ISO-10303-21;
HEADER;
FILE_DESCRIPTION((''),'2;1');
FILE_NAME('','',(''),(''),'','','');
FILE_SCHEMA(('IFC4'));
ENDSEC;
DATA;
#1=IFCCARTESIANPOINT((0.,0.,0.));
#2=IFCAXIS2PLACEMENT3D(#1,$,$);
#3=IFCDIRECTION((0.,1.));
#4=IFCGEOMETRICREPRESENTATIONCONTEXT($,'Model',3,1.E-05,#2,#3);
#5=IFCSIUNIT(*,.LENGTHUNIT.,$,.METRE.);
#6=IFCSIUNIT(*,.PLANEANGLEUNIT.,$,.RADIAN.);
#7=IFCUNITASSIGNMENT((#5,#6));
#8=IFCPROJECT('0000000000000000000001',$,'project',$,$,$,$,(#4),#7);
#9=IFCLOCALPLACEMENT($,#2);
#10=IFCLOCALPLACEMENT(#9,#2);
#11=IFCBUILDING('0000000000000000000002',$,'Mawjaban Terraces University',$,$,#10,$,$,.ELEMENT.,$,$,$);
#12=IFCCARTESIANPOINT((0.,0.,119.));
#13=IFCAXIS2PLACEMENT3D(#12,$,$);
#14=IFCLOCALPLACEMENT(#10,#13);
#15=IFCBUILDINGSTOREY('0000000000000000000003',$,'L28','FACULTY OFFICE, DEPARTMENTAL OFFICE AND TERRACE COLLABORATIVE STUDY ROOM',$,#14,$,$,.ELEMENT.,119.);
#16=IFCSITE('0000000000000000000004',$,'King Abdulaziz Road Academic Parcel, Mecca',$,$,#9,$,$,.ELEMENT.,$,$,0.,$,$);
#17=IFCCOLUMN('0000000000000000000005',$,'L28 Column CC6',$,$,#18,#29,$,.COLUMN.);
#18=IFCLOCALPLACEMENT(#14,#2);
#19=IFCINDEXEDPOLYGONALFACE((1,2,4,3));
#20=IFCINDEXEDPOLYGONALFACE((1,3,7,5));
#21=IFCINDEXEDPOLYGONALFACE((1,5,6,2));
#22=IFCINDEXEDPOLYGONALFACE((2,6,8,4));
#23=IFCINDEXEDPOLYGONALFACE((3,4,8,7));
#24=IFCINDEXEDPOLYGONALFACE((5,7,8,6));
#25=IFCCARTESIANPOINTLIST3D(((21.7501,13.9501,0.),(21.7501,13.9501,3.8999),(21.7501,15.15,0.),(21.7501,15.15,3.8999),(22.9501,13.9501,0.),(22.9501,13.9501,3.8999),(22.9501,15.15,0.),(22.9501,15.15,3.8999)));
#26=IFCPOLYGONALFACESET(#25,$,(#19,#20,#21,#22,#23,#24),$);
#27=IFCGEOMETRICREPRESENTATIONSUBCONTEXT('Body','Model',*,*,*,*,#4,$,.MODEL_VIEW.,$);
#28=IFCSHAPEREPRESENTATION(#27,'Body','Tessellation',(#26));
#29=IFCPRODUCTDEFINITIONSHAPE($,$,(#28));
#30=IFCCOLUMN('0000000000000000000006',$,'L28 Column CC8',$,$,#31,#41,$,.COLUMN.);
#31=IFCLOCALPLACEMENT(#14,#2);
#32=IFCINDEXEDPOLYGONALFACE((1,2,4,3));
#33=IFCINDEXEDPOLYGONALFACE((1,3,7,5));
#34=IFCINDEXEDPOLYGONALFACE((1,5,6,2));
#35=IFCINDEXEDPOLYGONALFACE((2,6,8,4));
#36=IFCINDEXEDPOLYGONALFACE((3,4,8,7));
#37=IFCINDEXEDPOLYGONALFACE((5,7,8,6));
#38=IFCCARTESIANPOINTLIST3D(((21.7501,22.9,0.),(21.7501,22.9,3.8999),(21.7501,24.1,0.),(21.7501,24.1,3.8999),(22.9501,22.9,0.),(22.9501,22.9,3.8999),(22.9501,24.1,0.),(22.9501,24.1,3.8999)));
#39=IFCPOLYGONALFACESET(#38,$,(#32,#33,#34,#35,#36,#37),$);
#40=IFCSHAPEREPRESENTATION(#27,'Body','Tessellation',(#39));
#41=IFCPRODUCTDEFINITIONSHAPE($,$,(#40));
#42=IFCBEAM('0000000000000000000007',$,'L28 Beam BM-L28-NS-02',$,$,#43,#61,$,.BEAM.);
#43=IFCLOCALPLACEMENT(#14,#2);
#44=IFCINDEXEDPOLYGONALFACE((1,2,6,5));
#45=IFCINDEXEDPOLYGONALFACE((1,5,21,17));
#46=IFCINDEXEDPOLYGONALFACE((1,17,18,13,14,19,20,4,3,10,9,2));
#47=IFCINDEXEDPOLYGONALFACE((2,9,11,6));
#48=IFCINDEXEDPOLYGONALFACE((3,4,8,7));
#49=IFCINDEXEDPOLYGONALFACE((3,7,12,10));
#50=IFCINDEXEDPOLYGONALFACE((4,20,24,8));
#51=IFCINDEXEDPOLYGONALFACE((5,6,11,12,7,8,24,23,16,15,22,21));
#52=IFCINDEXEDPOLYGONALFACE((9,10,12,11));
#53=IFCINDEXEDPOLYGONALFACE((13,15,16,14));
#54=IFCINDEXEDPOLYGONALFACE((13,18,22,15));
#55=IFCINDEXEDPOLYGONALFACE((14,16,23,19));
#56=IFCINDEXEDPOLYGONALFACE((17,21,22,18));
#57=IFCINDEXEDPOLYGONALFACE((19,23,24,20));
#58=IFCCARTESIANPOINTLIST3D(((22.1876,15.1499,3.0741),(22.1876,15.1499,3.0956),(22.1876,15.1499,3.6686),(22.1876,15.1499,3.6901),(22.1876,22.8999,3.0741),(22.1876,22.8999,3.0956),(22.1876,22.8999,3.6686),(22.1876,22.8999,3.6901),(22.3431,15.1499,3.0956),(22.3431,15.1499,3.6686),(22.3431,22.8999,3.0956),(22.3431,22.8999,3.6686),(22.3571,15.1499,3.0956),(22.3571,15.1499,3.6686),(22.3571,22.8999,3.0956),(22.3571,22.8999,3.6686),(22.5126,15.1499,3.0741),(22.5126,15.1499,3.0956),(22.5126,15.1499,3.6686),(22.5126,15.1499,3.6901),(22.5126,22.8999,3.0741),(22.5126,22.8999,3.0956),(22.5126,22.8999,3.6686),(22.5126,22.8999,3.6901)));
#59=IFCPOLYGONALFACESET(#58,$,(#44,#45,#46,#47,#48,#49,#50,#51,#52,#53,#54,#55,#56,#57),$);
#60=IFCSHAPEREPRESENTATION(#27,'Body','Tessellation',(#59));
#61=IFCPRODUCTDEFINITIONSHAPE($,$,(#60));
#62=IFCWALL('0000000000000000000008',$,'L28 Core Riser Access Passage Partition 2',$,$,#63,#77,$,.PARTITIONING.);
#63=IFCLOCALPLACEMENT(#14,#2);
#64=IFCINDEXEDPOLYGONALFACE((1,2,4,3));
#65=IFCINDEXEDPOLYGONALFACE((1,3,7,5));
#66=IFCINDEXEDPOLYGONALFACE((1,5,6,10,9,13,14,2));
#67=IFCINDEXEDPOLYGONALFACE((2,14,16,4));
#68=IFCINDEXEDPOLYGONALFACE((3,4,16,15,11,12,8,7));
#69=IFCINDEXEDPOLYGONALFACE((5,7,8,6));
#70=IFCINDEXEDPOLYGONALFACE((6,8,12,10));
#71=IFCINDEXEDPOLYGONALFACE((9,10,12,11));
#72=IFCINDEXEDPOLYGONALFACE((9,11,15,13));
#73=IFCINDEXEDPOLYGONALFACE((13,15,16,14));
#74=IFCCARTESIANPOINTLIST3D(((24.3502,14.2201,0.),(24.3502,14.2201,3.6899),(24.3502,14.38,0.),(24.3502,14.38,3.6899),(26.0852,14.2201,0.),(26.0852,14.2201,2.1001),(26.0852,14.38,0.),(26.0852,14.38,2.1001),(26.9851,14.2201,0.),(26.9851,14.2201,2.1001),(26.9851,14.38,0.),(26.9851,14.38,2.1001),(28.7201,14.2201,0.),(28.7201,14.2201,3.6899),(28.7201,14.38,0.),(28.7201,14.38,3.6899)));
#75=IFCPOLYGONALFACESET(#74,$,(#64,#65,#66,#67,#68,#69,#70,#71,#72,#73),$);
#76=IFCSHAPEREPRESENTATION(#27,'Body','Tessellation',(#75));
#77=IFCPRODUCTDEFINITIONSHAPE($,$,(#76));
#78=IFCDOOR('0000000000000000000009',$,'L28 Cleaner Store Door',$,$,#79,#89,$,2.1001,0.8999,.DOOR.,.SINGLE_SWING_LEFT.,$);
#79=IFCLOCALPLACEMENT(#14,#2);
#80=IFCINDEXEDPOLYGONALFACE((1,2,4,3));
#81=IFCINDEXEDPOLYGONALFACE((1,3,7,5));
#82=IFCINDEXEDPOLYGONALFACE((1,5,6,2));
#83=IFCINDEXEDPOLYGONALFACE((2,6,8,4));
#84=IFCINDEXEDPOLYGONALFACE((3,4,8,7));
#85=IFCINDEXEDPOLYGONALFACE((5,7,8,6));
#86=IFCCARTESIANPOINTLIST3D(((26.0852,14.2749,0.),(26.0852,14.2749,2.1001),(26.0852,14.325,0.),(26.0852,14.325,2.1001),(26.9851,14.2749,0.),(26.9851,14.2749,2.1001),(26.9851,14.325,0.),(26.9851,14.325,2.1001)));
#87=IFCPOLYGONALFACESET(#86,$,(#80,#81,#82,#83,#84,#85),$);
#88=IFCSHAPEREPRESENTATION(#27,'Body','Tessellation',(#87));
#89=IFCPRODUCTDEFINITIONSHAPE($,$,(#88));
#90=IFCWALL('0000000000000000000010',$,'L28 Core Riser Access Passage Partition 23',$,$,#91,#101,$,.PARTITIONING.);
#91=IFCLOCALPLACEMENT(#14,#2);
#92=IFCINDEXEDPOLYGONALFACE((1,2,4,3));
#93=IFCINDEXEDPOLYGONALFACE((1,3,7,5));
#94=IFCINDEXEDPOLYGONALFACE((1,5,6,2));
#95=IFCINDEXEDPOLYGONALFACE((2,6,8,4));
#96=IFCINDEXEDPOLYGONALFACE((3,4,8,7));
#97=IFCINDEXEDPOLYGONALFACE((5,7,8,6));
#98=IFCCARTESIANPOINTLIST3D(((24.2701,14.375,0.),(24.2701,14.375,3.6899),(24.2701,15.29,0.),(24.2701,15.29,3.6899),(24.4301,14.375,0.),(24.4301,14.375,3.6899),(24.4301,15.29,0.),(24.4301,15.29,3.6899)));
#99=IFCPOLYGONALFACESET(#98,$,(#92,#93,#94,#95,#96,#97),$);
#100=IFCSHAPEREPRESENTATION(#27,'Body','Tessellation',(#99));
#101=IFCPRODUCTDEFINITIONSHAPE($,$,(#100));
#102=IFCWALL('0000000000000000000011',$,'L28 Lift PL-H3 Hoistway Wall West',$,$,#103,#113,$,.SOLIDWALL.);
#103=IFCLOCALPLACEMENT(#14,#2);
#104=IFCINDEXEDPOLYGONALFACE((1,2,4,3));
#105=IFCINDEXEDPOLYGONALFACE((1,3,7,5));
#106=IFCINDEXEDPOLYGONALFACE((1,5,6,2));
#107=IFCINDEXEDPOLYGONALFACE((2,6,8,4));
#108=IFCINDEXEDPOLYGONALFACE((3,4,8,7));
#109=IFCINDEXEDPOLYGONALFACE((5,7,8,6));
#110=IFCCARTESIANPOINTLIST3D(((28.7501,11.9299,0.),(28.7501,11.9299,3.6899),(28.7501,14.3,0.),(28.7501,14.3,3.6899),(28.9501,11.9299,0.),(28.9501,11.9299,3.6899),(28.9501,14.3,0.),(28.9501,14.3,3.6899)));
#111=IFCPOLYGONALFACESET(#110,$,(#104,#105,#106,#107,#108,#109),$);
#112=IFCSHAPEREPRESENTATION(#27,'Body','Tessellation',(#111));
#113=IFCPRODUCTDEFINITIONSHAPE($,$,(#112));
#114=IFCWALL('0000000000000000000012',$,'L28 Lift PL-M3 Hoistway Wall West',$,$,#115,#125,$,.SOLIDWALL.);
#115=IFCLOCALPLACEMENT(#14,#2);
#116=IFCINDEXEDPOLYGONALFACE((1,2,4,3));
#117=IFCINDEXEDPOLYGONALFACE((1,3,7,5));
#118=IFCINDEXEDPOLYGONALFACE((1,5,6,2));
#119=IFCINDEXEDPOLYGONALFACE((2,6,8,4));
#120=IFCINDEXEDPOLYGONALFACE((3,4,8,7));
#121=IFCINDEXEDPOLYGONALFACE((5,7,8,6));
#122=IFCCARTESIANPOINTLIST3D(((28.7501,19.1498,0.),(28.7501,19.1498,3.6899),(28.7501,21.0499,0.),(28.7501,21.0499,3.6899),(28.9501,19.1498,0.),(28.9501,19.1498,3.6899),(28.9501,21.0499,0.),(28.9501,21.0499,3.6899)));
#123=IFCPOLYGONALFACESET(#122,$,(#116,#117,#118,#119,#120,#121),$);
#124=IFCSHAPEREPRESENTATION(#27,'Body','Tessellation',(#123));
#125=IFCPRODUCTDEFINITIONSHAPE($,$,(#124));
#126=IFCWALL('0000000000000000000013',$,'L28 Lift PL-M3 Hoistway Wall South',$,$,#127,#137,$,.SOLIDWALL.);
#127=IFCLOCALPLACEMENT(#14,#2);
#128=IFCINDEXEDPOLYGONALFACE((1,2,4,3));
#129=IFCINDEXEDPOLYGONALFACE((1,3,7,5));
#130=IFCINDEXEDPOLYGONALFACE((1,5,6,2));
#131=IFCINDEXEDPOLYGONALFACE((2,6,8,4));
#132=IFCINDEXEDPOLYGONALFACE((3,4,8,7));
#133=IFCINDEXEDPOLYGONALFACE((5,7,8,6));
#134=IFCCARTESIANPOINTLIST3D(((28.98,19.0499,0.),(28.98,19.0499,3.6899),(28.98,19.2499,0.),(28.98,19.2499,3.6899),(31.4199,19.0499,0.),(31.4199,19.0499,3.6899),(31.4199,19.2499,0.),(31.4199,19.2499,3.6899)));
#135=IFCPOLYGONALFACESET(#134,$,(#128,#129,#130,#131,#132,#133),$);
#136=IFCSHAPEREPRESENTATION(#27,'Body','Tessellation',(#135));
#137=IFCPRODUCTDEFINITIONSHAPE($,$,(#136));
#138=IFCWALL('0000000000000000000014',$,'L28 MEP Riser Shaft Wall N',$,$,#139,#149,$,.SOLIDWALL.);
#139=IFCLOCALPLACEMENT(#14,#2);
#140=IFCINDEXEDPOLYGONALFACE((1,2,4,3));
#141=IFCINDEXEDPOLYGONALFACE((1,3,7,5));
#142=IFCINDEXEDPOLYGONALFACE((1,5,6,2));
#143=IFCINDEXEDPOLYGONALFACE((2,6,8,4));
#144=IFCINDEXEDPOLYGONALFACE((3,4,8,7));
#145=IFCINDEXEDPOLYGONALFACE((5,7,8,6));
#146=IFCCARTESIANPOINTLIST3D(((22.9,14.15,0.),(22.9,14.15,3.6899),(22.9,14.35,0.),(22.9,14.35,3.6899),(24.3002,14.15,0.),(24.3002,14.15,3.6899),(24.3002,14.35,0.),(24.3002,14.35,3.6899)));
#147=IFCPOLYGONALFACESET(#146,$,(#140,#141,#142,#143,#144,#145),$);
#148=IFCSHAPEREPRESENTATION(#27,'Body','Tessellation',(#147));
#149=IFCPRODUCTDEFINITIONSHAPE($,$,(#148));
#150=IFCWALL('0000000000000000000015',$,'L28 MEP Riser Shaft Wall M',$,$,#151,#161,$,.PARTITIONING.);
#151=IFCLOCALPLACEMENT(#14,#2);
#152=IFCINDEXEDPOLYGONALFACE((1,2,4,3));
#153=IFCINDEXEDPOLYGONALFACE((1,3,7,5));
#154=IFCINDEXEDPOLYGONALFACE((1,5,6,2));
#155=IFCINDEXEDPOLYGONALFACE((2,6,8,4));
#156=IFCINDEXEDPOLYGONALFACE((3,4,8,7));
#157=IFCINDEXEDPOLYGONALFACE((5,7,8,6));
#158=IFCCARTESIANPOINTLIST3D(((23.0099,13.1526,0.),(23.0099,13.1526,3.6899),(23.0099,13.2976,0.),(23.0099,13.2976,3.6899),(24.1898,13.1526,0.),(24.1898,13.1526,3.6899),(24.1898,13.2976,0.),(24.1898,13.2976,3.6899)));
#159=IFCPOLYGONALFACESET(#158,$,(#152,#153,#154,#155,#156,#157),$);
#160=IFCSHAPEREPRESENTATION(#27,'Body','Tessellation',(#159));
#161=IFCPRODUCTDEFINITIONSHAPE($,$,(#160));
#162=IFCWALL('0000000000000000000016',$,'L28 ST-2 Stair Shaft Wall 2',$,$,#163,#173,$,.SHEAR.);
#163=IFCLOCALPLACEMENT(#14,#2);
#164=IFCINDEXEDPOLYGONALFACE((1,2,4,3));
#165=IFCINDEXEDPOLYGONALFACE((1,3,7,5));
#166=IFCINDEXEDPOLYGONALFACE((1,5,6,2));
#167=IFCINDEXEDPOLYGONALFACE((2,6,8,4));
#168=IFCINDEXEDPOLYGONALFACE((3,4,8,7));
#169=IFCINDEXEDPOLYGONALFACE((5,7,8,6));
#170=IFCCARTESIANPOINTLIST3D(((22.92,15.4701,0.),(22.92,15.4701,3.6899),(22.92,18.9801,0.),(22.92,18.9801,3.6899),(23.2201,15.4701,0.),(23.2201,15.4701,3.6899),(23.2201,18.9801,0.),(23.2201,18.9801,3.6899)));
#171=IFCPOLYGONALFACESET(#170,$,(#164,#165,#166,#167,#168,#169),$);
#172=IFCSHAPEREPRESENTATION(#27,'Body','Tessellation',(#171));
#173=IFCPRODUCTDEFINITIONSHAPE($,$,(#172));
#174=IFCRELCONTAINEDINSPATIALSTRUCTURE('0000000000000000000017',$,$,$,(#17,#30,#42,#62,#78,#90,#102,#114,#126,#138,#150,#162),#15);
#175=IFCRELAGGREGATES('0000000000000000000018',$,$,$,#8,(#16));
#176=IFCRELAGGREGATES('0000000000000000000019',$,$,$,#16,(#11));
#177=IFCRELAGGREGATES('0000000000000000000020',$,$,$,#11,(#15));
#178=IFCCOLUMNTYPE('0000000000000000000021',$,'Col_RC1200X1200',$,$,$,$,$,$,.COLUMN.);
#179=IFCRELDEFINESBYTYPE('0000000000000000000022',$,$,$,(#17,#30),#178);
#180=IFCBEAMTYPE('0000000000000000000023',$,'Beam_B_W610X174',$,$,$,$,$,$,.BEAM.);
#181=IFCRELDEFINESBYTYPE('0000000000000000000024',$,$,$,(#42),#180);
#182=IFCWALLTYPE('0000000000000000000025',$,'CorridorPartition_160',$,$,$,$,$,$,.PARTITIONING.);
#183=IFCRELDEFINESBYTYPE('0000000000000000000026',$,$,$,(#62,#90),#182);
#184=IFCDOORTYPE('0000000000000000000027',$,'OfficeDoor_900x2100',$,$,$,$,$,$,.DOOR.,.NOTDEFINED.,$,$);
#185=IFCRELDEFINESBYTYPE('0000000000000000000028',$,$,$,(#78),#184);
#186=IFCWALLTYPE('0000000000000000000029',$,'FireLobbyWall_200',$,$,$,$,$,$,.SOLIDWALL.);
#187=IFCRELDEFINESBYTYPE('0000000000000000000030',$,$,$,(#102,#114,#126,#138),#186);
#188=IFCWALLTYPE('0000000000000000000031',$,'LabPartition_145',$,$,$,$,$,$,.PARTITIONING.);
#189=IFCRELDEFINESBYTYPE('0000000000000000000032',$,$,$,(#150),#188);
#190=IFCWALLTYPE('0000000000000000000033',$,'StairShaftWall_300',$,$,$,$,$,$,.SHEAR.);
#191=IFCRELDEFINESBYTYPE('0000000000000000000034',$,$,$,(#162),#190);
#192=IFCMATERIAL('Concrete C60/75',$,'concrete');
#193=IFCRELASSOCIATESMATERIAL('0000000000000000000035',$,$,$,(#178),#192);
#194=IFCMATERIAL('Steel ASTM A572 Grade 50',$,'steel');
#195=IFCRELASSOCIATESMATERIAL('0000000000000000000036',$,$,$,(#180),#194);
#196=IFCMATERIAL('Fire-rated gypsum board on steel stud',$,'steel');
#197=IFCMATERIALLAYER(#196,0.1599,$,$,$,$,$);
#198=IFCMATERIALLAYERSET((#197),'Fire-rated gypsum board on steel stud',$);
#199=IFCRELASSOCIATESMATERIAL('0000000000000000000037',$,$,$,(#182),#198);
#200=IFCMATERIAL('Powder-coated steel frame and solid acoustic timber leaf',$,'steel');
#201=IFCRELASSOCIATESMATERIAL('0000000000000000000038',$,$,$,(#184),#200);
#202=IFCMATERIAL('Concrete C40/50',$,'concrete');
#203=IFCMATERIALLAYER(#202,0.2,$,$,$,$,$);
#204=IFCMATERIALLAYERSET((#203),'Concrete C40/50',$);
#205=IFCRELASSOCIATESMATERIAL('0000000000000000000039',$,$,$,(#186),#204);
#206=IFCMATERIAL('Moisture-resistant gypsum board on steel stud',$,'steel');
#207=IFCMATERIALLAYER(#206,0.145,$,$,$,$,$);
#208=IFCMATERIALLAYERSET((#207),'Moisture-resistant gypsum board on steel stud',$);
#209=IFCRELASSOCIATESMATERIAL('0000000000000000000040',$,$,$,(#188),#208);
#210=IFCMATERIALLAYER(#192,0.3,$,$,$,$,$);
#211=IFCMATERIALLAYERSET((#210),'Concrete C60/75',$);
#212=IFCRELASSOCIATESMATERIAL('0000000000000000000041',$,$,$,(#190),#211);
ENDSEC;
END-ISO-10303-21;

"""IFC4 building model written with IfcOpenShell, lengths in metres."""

from ifc_helpers import new_model, si_unit, direction, frame, frame_2d, origin, origin_2d, place, context, subcontext, project, spatial, rectangle, i_section, extrude, material, layer, layer_set, material_profile, profile_set, type_object, element, fill, save


model = new_model("IFC4")

# Units and contexts
model_context = context("Model", 3, precision=1e-05, world=origin(), true_north=direction((0.0, 1.0)))
body_context = subcontext(model_context, "Body", "Model", "MODEL_VIEW")
ifc_project = project(units=[si_unit("LENGTHUNIT", "METRE"), si_unit("PLANEANGLEUNIT", "RADIAN")], contexts=[model_context])

# Site, building, storey
site_placement = place(None, origin())
site = spatial("IfcSite", under=ifc_project, at=site_placement, Name="King Abdulaziz Road Academic Parcel, Mecca", CompositionType="ELEMENT", RefElevation=0.0)
building_placement = place(site_placement, origin())
building = spatial("IfcBuilding", under=site, at=building_placement, Name="Mawjaban Terraces University", CompositionType="ELEMENT")
storey_placement = place(building_placement, frame((0.0, 0.0, 119.0)))
storey = spatial("IfcBuildingStorey", under=building, at=storey_placement, Name="L28", Description="FACULTY OFFICE, DEPARTMENTAL OFFICE AND TERRACE COLLABORATIVE STUDY ROOM", CompositionType="ELEMENT", Elevation=119.0)

# Columns
ifc_material_1 = material(Name="Concrete C60/75", Category="concrete")
ifc_material_profile_1 = material_profile(ifc_material_1, rectangle(XDim=1.2, YDim=1.2, at=origin_2d()), Name="RC1200X1200")
ifc_profile_set_1 = profile_set([ifc_material_profile_1], Name="Concrete C60/75")
column_type = type_object("IfcColumnType", Name="Col_RC1200X1200", PredefinedType="COLUMN", material=ifc_profile_set_1)
for number, where, z_axis, x_axis, name in (
    (1, (22.3501, 14.55, 0.0), (0.0, 0.0, 1.0), (1.0, 0.0, 0.0), "L28 Column CC6"),
    (2, (22.3501, 23.5, 0.0), (0.0, 0.0, 1.0), (1.0, 0.0, 0.0), "L28 Column CC8"),
):
    element("IfcColumn", number, at=place(storey_placement, frame(where, z_axis=z_axis, x_axis=x_axis)), inside=storey, type_object=column_type, Name=name, PredefinedType="COLUMN", context=body_context, shape_type="SweptSolid", body=[
        extrude(rectangle(XDim=1.2, YDim=1.2, at=origin_2d()), origin(), (0.0, 0.0, 1.0), 3.8999),
    ])

# Beam
ifc_material_2 = material(Name="Steel ASTM A572 Grade 50", Category="steel")
ifc_material_profile_2 = material_profile(ifc_material_2, i_section(OverallWidth=0.325, OverallDepth=0.616, WebThickness=0.0139, FlangeThickness=0.0215, at=origin_2d()), Name="W610X174")
ifc_profile_set_2 = profile_set([ifc_material_profile_2], Name="Steel ASTM A572 Grade 50")
beam_type = type_object("IfcBeamType", Name="Beam_B_W610X174", PredefinedType="BEAM", material=ifc_profile_set_2)
beam_placement = place(storey_placement, frame((22.3501, 15.1499, 3.3821), z_axis=(0.0, 1.0, 0.0), x_axis=(-1.0, 0.0, 0.0)))
element("IfcBeam", 3, at=beam_placement, inside=storey, type_object=beam_type, Name="L28 Beam BM-L28-NS-02", PredefinedType="BEAM", context=body_context, shape_type="SweptSolid", body=[
    extrude(i_section(OverallWidth=0.325, OverallDepth=0.616, WebThickness=0.0139, FlangeThickness=0.0215, at=origin_2d()), origin(), (0.0, 0.0, 1.0), 7.75),
])

# Wall, opening, door
ifc_material_3 = material(Name="Fire-rated gypsum board on steel stud", Category="steel")
ifc_layer_1 = layer(ifc_material_3, 0.1599)
ifc_layer_set_1 = layer_set([ifc_layer_1], Name="Fire-rated gypsum board on steel stud")
wall_type_1 = type_object("IfcWallType", Name="CorridorPartition_160", PredefinedType="PARTITIONING", material=ifc_layer_set_1)
wall_1_placement = place(storey_placement, frame((24.3501, 14.3, 0.0), z_axis=(0.0, 0.0, 1.0), x_axis=(1.0, 0.0, 0.0)))
wall_1 = element("IfcWall", 4, at=wall_1_placement, inside=storey, type_object=wall_type_1, Name="L28 Core Riser Access Passage Partition 2", PredefinedType="PARTITIONING", context=body_context, shape_type="SweptSolid", body=[
    extrude(rectangle(XDim=4.3699, YDim=0.1599, at=frame_2d((2.1851, 0.0))), origin(), (0.0, 0.0, 1.0), 3.6899),
])
opening_placement = place(wall_1_placement, frame((1.7351, 0.0, 0.0)))
opening = element("IfcOpeningElement", 5, at=opening_placement, cuts=wall_1, PredefinedType="OPENING", context=body_context, shape_type="SweptSolid", body=[
    extrude(rectangle(XDim=0.8999, YDim=2.1001, at=frame_2d((0.45, 1.05))), frame((0.0, 0.0898, 0.0), z_axis=(0.0, -1.0, 0.0), x_axis=(1.0, 0.0, 0.0)), (0.0, 0.0, 1.0), 0.1799),
])
ifc_material_4 = material(Name="Powder-coated steel frame and solid acoustic timber leaf", Category="steel")
door_type = type_object("IfcDoorType", Name="OfficeDoor_900x2100", OperationType="NOTDEFINED", PredefinedType="DOOR", material=ifc_material_4)
door_placement = place(opening_placement, origin())
door = element("IfcDoor", 6, at=door_placement, inside=storey, type_object=door_type, Name="L28 Cleaner Store Door", OperationType="SINGLE_SWING_LEFT", OverallHeight=2.1001, OverallWidth=0.8999, PredefinedType="DOOR", context=body_context, shape_type="SweptSolid", body=[
    extrude(rectangle(XDim=0.8999, YDim=2.1001, at=frame_2d((0.45, 1.05))), frame((0.0, 0.0249, 0.0), z_axis=(0.0, -1.0, 0.0), x_axis=(1.0, 0.0, 0.0)), (0.0, 0.0, 1.0), 0.05),
])
fill(opening, door)

# Walls
wall_2_placement = place(storey_placement, frame((24.3501, 15.29, 0.0), z_axis=(0.0, 0.0, 1.0), x_axis=(0.0, -1.0, 0.0)))
element("IfcWall", 7, at=wall_2_placement, inside=storey, type_object=wall_type_1, Name="L28 Core Riser Access Passage Partition 23", PredefinedType="PARTITIONING", context=body_context, shape_type="SweptSolid", body=[
    extrude(rectangle(XDim=0.915, YDim=0.1599, at=frame_2d((0.4575, 0.0))), origin(), (0.0, 0.0, 1.0), 3.6899),
])
ifc_material_5 = material(Name="Concrete C40/50", Category="concrete")
ifc_layer_2 = layer(ifc_material_5, 0.2)
ifc_layer_set_2 = layer_set([ifc_layer_2], Name="Concrete C40/50")
wall_type_2 = type_object("IfcWallType", Name="FireLobbyWall_200", PredefinedType="SOLIDWALL", material=ifc_layer_set_2)
wall_3_placement = place(storey_placement, frame((28.8501, 14.3, 0.0), z_axis=(0.0, 0.0, 1.0), x_axis=(0.0, -1.0, 0.0)))
element("IfcWall", 8, at=wall_3_placement, inside=storey, type_object=wall_type_2, Name="L28 Lift PL-H3 Hoistway Wall West", PredefinedType="SOLIDWALL", context=body_context, shape_type="SweptSolid", body=[
    extrude(rectangle(XDim=2.3701, YDim=0.2, at=frame_2d((1.1851, 0.0))), origin(), (0.0, 0.0, 1.0), 3.6899),
])
wall_4_placement = place(storey_placement, frame((28.8501, 21.05, 0.0), z_axis=(0.0, 0.0, 1.0), x_axis=(0.0, -1.0, 0.0)))
element("IfcWall", 9, at=wall_4_placement, inside=storey, type_object=wall_type_2, Name="L28 Lift PL-M3 Hoistway Wall West", PredefinedType="SOLIDWALL", context=body_context, shape_type="SweptSolid", body=[
    extrude(rectangle(XDim=1.9001, YDim=0.2, at=frame_2d((0.9502, 0.0))), origin(), (0.0, 0.0, 1.0), 3.6899),
])
wall_5_placement = place(storey_placement, frame((28.98, 19.1499, 0.0), z_axis=(0.0, 0.0, 1.0), x_axis=(1.0, 0.0, 0.0)))
element("IfcWall", 10, at=wall_5_placement, inside=storey, type_object=wall_type_2, Name="L28 Lift PL-M3 Hoistway Wall South", PredefinedType="SOLIDWALL", context=body_context, shape_type="SweptSolid", body=[
    extrude(rectangle(XDim=2.4399, YDim=0.2, at=frame_2d((1.22, 0.0))), origin(), (0.0, 0.0, 1.0), 3.6899),
])
wall_6_placement = place(storey_placement, frame((22.8999, 14.25, 0.0), z_axis=(0.0, 0.0, 1.0), x_axis=(1.0, 0.0, 0.0)))
element("IfcWall", 11, at=wall_6_placement, inside=storey, type_object=wall_type_2, Name="L28 MEP Riser Shaft Wall N", PredefinedType="SOLIDWALL", context=body_context, shape_type="SweptSolid", body=[
    extrude(rectangle(XDim=1.4001, YDim=0.2, at=frame_2d((0.7002, 0.0))), origin(), (0.0, 0.0, 1.0), 3.6899),
])
ifc_material_6 = material(Name="Moisture-resistant gypsum board on steel stud", Category="steel")
ifc_layer_3 = layer(ifc_material_6, 0.145)
ifc_layer_set_3 = layer_set([ifc_layer_3], Name="Moisture-resistant gypsum board on steel stud")
wall_type_3 = type_object("IfcWallType", Name="LabPartition_145", PredefinedType="PARTITIONING", material=ifc_layer_set_3)
wall_7_placement = place(storey_placement, frame((23.01, 13.2251, 0.0), z_axis=(0.0, 0.0, 1.0), x_axis=(1.0, 0.0, 0.0)))
element("IfcWall", 12, at=wall_7_placement, inside=storey, type_object=wall_type_3, Name="L28 MEP Riser Shaft Wall M", PredefinedType="PARTITIONING", context=body_context, shape_type="SweptSolid", body=[
    extrude(rectangle(XDim=1.1799, YDim=0.145, at=frame_2d((0.5898, 0.0))), origin(), (0.0, 0.0, 1.0), 3.6899),
])
ifc_layer_4 = layer(ifc_material_1, 0.3)
ifc_layer_set_4 = layer_set([ifc_layer_4], Name="Concrete C60/75")
wall_type_4 = type_object("IfcWallType", Name="StairShaftWall_300", PredefinedType="SHEAR", material=ifc_layer_set_4)
wall_8_placement = place(storey_placement, frame((23.0701, 18.98, 0.0), z_axis=(0.0, 0.0, 1.0), x_axis=(0.0, -1.0, 0.0)))
element("IfcWall", 13, at=wall_8_placement, inside=storey, type_object=wall_type_4, Name="L28 ST-2 Stair Shaft Wall 2", PredefinedType="SHEAR", context=body_context, shape_type="SweptSolid", body=[
    extrude(rectangle(XDim=3.51, YDim=0.3, at=frame_2d((1.7549, 0.0))), origin(), (0.0, 0.0, 1.0), 3.6899),
])

save(model, "model.ifc")
